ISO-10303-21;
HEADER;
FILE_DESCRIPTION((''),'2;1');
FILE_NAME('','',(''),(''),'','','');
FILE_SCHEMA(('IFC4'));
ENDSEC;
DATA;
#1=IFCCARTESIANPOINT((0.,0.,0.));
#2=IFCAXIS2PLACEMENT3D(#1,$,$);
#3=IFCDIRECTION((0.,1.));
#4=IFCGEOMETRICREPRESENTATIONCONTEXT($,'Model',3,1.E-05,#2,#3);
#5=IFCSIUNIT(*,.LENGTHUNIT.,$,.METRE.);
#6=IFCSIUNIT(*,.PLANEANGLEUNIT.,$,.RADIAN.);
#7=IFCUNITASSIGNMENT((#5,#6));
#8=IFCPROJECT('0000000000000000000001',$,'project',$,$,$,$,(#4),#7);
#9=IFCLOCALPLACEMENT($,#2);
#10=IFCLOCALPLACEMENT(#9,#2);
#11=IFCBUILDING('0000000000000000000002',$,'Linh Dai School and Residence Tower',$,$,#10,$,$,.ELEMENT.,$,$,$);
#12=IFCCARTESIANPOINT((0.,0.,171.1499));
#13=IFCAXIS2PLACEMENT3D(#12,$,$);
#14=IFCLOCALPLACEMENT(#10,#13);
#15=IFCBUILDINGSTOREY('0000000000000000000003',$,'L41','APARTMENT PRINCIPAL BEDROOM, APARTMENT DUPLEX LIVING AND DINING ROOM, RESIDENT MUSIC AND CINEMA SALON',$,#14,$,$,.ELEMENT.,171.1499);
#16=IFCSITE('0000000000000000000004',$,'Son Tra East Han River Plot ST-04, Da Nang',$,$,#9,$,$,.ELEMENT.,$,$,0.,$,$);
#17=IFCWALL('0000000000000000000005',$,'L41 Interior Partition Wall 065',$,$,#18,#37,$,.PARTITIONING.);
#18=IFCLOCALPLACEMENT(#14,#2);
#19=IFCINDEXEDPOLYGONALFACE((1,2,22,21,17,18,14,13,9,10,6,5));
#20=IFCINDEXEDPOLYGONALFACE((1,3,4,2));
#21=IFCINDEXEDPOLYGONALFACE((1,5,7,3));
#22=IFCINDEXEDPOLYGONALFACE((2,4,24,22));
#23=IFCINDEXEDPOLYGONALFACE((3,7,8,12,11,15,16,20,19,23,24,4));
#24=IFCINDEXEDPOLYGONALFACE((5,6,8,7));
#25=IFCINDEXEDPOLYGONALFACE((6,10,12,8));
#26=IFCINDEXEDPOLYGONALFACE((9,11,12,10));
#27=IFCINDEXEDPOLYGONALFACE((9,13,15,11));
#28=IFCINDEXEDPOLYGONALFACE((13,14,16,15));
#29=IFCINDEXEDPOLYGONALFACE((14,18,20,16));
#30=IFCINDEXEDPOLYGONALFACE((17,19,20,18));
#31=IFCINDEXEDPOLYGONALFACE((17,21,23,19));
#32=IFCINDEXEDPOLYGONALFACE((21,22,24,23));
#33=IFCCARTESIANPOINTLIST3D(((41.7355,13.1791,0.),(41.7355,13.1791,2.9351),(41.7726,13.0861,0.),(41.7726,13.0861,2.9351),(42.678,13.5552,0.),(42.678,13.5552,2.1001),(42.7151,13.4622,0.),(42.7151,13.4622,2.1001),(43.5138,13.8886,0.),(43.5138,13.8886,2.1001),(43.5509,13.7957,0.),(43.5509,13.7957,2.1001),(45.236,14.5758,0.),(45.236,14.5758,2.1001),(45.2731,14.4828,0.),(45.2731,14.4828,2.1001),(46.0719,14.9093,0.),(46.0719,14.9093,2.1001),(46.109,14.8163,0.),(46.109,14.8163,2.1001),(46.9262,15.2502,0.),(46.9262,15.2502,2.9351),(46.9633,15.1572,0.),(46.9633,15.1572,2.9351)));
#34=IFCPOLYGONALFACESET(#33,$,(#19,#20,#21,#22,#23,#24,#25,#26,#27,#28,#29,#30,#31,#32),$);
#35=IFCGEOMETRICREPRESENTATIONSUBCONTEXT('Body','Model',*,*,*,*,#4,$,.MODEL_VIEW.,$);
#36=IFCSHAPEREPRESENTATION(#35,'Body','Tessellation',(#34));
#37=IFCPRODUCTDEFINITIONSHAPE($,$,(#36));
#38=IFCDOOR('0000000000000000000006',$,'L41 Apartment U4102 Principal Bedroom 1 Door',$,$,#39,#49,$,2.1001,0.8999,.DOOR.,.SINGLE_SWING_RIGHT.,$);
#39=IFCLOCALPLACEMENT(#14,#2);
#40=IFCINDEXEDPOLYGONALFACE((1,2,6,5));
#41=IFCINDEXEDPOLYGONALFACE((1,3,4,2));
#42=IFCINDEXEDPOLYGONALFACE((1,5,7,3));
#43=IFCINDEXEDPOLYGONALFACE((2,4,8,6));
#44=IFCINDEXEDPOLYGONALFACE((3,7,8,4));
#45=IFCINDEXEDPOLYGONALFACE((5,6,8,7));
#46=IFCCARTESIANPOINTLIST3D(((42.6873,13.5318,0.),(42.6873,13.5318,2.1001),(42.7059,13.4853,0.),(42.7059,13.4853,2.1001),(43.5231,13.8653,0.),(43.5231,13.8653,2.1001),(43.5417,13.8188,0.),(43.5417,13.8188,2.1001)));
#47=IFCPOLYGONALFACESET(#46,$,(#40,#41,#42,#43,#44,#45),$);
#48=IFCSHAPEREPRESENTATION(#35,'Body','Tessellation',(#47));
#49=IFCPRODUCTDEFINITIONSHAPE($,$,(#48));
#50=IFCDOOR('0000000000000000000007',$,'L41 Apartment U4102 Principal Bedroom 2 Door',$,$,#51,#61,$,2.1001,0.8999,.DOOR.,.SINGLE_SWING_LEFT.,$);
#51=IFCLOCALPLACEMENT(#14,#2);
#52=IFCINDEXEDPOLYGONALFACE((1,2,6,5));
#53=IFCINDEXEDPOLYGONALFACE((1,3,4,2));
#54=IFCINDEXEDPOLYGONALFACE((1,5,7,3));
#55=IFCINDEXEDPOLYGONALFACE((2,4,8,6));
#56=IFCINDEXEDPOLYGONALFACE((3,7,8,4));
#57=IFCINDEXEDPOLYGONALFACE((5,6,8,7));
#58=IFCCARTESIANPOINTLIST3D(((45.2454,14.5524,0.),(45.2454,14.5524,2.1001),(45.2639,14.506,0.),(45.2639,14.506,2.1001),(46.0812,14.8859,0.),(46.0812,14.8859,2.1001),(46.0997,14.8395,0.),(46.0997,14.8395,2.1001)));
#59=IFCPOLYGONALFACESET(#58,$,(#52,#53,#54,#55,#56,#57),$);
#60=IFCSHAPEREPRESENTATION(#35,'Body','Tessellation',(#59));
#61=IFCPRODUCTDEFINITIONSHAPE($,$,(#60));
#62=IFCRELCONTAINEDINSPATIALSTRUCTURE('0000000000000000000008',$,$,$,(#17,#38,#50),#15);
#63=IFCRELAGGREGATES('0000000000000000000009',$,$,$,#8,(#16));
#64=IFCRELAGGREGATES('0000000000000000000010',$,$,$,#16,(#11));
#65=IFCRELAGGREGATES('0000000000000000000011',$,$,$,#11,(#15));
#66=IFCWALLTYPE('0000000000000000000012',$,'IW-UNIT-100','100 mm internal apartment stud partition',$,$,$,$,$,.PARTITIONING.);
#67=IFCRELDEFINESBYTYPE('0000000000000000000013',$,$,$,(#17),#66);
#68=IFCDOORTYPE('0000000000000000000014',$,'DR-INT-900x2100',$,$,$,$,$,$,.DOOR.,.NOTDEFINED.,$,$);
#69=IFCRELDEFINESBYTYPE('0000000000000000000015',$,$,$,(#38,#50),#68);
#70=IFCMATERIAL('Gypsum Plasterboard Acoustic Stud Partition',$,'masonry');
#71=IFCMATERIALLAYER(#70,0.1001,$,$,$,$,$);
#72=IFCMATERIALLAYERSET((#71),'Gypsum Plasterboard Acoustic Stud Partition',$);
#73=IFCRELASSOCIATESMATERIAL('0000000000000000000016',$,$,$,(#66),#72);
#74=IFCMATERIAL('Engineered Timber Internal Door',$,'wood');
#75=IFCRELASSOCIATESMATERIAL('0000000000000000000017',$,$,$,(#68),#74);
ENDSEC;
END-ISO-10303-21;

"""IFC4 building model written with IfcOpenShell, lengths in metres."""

from ifc_helpers import new_model, si_unit, direction, frame, frame_2d, origin, origin_2d, place, context, subcontext, project, spatial, rectangle, extrude, source, transform, mapped, material, layer, layer_set, type_object, element, fill, save


model = new_model("IFC4")

# Units and contexts
model_context = context("Model", 3, precision=1e-05, world=origin(), true_north=direction((0.0, 1.0)))
body_context = subcontext(model_context, "Body", "Model", "MODEL_VIEW")
ifc_project = project(units=[si_unit("LENGTHUNIT", "METRE"), si_unit("PLANEANGLEUNIT", "RADIAN")], contexts=[model_context])

# Site, building, storey
site_placement = place(None, origin())
site = spatial("IfcSite", under=ifc_project, at=site_placement, Name="Son Tra East Han River Plot ST-04, Da Nang", CompositionType="ELEMENT", RefElevation=0.0)
building_placement = place(site_placement, origin())
building = spatial("IfcBuilding", under=site, at=building_placement, Name="Linh Dai School and Residence Tower", CompositionType="ELEMENT")
storey_placement = place(building_placement, frame((0.0, 0.0, 171.1499)))
storey = spatial("IfcBuildingStorey", under=building, at=storey_placement, Name="L41", Description="APARTMENT PRINCIPAL BEDROOM, APARTMENT DUPLEX LIVING AND DINING ROOM, RESIDENT MUSIC AND CINEMA SALON", CompositionType="ELEMENT", Elevation=171.1499)

# Shared definitions
ifc_material_1 = material(Name="Gypsum Plasterboard Acoustic Stud Partition", Category="masonry")
ifc_layer_1 = layer(ifc_material_1, 0.1001)
ifc_layer_set_1 = layer_set([ifc_layer_1], Name="Gypsum Plasterboard Acoustic Stud Partition")
wall_type_1 = type_object("IfcWallType", Name="IW-UNIT-100", Description="100 mm internal apartment stud partition", PredefinedType="PARTITIONING", material=ifc_layer_set_1)

# Shared definitions
ifc_material_2 = material(Name="Engineered Timber Internal Door", Category="wood")
door_type_1 = type_object("IfcDoorType", Name="DR-INT-900x2100", OperationType="NOTDEFINED", PredefinedType="DOOR", material=ifc_material_2)
shared_shape_1 = source(origin(), body_context, "Body", "SweptSolid", [
    extrude(rectangle(XDim=0.8999, YDim=2.1001, at=origin_2d()), frame((0.45, 0.0249, 1.05), z_axis=(0.0, -1.0, 0.0), x_axis=(1.0, 0.0, 0.0)), (0.0, 0.0, 1.0), 0.05),
])

# Wall, openings, doors
wall_1_placement = place(storey_placement, frame((41.7539, 13.1326, 0.0), z_axis=(0.0, 0.0, 1.0), x_axis=(0.928799, 0.370585, 0.0)))
wall_1 = element("IfcWall", 1, at=wall_1_placement, inside=storey, type_object=wall_type_1, Name="L41 Interior Partition Wall 065", PredefinedType="PARTITIONING", context=body_context, shape_type="SweptSolid", body=[
    extrude(rectangle(XDim=5.5886, YDim=0.1001, at=frame_2d((2.7944, 0.0))), origin(), (0.0, 0.0, 1.0), 2.9351),
])
opening_1_placement = place(wall_1_placement, frame((1.0149, 0.0, 0.0)))
opening_1 = element("IfcOpeningElement", 2, at=opening_1_placement, cuts=wall_1, PredefinedType="OPENING", context=body_context, shape_type="SweptSolid", body=[
    extrude(rectangle(XDim=0.8999, YDim=2.1001, at=origin_2d()), frame((0.45, 0.0601, 1.05), z_axis=(0.0, -1.0, 0.0), x_axis=(1.0, 0.0, 0.0)), (0.0, 0.0, 1.0), 0.1201),
])
opening_2_placement = place(wall_1_placement, frame((3.769, 0.0, 0.0)))
opening_2 = element("IfcOpeningElement", 3, at=opening_2_placement, cuts=wall_1, PredefinedType="OPENING", context=body_context, shape_type="SweptSolid", body=[
    extrude(rectangle(XDim=0.8999, YDim=2.1001, at=origin_2d()), frame((0.45, 0.0601, 1.05), z_axis=(0.0, -1.0, 0.0), x_axis=(1.0, 0.0, 0.0)), (0.0, 0.0, 1.0), 0.1201),
])
door_1_placement = place(opening_1_placement, origin())
door_1 = element("IfcDoor", 4, at=door_1_placement, inside=storey, type_object=door_type_1, Name="L41 Apartment U4102 Principal Bedroom 1 Door", OperationType="SINGLE_SWING_RIGHT", OverallHeight=2.1001, OverallWidth=0.8999, PredefinedType="DOOR", context=body_context, shape_type="MappedRepresentation", body=[
    mapped(shared_shape_1, transform((0.0, 0.0, 0.0), x_axis=(1.0, 0.0, 0.0), y_axis=(0.0, 1.0, 0.0), z_axis=(0.0, 0.0, 1.0), scale=1.0)),
])
fill(opening_1, door_1)
door_2_placement = place(opening_2_placement, origin())
door_2 = element("IfcDoor", 5, at=door_2_placement, inside=storey, type_object=door_type_1, Name="L41 Apartment U4102 Principal Bedroom 2 Door", OperationType="SINGLE_SWING_LEFT", OverallHeight=2.1001, OverallWidth=0.8999, PredefinedType="DOOR", context=body_context, shape_type="MappedRepresentation", body=[
    mapped(shared_shape_1, transform((0.0, 0.0, 0.0), x_axis=(1.0, 0.0, 0.0), y_axis=(0.0, 1.0, 0.0), z_axis=(0.0, 0.0, 1.0), scale=1.0)),
])
fill(opening_2, door_2)

save(model, "model.ifc")
